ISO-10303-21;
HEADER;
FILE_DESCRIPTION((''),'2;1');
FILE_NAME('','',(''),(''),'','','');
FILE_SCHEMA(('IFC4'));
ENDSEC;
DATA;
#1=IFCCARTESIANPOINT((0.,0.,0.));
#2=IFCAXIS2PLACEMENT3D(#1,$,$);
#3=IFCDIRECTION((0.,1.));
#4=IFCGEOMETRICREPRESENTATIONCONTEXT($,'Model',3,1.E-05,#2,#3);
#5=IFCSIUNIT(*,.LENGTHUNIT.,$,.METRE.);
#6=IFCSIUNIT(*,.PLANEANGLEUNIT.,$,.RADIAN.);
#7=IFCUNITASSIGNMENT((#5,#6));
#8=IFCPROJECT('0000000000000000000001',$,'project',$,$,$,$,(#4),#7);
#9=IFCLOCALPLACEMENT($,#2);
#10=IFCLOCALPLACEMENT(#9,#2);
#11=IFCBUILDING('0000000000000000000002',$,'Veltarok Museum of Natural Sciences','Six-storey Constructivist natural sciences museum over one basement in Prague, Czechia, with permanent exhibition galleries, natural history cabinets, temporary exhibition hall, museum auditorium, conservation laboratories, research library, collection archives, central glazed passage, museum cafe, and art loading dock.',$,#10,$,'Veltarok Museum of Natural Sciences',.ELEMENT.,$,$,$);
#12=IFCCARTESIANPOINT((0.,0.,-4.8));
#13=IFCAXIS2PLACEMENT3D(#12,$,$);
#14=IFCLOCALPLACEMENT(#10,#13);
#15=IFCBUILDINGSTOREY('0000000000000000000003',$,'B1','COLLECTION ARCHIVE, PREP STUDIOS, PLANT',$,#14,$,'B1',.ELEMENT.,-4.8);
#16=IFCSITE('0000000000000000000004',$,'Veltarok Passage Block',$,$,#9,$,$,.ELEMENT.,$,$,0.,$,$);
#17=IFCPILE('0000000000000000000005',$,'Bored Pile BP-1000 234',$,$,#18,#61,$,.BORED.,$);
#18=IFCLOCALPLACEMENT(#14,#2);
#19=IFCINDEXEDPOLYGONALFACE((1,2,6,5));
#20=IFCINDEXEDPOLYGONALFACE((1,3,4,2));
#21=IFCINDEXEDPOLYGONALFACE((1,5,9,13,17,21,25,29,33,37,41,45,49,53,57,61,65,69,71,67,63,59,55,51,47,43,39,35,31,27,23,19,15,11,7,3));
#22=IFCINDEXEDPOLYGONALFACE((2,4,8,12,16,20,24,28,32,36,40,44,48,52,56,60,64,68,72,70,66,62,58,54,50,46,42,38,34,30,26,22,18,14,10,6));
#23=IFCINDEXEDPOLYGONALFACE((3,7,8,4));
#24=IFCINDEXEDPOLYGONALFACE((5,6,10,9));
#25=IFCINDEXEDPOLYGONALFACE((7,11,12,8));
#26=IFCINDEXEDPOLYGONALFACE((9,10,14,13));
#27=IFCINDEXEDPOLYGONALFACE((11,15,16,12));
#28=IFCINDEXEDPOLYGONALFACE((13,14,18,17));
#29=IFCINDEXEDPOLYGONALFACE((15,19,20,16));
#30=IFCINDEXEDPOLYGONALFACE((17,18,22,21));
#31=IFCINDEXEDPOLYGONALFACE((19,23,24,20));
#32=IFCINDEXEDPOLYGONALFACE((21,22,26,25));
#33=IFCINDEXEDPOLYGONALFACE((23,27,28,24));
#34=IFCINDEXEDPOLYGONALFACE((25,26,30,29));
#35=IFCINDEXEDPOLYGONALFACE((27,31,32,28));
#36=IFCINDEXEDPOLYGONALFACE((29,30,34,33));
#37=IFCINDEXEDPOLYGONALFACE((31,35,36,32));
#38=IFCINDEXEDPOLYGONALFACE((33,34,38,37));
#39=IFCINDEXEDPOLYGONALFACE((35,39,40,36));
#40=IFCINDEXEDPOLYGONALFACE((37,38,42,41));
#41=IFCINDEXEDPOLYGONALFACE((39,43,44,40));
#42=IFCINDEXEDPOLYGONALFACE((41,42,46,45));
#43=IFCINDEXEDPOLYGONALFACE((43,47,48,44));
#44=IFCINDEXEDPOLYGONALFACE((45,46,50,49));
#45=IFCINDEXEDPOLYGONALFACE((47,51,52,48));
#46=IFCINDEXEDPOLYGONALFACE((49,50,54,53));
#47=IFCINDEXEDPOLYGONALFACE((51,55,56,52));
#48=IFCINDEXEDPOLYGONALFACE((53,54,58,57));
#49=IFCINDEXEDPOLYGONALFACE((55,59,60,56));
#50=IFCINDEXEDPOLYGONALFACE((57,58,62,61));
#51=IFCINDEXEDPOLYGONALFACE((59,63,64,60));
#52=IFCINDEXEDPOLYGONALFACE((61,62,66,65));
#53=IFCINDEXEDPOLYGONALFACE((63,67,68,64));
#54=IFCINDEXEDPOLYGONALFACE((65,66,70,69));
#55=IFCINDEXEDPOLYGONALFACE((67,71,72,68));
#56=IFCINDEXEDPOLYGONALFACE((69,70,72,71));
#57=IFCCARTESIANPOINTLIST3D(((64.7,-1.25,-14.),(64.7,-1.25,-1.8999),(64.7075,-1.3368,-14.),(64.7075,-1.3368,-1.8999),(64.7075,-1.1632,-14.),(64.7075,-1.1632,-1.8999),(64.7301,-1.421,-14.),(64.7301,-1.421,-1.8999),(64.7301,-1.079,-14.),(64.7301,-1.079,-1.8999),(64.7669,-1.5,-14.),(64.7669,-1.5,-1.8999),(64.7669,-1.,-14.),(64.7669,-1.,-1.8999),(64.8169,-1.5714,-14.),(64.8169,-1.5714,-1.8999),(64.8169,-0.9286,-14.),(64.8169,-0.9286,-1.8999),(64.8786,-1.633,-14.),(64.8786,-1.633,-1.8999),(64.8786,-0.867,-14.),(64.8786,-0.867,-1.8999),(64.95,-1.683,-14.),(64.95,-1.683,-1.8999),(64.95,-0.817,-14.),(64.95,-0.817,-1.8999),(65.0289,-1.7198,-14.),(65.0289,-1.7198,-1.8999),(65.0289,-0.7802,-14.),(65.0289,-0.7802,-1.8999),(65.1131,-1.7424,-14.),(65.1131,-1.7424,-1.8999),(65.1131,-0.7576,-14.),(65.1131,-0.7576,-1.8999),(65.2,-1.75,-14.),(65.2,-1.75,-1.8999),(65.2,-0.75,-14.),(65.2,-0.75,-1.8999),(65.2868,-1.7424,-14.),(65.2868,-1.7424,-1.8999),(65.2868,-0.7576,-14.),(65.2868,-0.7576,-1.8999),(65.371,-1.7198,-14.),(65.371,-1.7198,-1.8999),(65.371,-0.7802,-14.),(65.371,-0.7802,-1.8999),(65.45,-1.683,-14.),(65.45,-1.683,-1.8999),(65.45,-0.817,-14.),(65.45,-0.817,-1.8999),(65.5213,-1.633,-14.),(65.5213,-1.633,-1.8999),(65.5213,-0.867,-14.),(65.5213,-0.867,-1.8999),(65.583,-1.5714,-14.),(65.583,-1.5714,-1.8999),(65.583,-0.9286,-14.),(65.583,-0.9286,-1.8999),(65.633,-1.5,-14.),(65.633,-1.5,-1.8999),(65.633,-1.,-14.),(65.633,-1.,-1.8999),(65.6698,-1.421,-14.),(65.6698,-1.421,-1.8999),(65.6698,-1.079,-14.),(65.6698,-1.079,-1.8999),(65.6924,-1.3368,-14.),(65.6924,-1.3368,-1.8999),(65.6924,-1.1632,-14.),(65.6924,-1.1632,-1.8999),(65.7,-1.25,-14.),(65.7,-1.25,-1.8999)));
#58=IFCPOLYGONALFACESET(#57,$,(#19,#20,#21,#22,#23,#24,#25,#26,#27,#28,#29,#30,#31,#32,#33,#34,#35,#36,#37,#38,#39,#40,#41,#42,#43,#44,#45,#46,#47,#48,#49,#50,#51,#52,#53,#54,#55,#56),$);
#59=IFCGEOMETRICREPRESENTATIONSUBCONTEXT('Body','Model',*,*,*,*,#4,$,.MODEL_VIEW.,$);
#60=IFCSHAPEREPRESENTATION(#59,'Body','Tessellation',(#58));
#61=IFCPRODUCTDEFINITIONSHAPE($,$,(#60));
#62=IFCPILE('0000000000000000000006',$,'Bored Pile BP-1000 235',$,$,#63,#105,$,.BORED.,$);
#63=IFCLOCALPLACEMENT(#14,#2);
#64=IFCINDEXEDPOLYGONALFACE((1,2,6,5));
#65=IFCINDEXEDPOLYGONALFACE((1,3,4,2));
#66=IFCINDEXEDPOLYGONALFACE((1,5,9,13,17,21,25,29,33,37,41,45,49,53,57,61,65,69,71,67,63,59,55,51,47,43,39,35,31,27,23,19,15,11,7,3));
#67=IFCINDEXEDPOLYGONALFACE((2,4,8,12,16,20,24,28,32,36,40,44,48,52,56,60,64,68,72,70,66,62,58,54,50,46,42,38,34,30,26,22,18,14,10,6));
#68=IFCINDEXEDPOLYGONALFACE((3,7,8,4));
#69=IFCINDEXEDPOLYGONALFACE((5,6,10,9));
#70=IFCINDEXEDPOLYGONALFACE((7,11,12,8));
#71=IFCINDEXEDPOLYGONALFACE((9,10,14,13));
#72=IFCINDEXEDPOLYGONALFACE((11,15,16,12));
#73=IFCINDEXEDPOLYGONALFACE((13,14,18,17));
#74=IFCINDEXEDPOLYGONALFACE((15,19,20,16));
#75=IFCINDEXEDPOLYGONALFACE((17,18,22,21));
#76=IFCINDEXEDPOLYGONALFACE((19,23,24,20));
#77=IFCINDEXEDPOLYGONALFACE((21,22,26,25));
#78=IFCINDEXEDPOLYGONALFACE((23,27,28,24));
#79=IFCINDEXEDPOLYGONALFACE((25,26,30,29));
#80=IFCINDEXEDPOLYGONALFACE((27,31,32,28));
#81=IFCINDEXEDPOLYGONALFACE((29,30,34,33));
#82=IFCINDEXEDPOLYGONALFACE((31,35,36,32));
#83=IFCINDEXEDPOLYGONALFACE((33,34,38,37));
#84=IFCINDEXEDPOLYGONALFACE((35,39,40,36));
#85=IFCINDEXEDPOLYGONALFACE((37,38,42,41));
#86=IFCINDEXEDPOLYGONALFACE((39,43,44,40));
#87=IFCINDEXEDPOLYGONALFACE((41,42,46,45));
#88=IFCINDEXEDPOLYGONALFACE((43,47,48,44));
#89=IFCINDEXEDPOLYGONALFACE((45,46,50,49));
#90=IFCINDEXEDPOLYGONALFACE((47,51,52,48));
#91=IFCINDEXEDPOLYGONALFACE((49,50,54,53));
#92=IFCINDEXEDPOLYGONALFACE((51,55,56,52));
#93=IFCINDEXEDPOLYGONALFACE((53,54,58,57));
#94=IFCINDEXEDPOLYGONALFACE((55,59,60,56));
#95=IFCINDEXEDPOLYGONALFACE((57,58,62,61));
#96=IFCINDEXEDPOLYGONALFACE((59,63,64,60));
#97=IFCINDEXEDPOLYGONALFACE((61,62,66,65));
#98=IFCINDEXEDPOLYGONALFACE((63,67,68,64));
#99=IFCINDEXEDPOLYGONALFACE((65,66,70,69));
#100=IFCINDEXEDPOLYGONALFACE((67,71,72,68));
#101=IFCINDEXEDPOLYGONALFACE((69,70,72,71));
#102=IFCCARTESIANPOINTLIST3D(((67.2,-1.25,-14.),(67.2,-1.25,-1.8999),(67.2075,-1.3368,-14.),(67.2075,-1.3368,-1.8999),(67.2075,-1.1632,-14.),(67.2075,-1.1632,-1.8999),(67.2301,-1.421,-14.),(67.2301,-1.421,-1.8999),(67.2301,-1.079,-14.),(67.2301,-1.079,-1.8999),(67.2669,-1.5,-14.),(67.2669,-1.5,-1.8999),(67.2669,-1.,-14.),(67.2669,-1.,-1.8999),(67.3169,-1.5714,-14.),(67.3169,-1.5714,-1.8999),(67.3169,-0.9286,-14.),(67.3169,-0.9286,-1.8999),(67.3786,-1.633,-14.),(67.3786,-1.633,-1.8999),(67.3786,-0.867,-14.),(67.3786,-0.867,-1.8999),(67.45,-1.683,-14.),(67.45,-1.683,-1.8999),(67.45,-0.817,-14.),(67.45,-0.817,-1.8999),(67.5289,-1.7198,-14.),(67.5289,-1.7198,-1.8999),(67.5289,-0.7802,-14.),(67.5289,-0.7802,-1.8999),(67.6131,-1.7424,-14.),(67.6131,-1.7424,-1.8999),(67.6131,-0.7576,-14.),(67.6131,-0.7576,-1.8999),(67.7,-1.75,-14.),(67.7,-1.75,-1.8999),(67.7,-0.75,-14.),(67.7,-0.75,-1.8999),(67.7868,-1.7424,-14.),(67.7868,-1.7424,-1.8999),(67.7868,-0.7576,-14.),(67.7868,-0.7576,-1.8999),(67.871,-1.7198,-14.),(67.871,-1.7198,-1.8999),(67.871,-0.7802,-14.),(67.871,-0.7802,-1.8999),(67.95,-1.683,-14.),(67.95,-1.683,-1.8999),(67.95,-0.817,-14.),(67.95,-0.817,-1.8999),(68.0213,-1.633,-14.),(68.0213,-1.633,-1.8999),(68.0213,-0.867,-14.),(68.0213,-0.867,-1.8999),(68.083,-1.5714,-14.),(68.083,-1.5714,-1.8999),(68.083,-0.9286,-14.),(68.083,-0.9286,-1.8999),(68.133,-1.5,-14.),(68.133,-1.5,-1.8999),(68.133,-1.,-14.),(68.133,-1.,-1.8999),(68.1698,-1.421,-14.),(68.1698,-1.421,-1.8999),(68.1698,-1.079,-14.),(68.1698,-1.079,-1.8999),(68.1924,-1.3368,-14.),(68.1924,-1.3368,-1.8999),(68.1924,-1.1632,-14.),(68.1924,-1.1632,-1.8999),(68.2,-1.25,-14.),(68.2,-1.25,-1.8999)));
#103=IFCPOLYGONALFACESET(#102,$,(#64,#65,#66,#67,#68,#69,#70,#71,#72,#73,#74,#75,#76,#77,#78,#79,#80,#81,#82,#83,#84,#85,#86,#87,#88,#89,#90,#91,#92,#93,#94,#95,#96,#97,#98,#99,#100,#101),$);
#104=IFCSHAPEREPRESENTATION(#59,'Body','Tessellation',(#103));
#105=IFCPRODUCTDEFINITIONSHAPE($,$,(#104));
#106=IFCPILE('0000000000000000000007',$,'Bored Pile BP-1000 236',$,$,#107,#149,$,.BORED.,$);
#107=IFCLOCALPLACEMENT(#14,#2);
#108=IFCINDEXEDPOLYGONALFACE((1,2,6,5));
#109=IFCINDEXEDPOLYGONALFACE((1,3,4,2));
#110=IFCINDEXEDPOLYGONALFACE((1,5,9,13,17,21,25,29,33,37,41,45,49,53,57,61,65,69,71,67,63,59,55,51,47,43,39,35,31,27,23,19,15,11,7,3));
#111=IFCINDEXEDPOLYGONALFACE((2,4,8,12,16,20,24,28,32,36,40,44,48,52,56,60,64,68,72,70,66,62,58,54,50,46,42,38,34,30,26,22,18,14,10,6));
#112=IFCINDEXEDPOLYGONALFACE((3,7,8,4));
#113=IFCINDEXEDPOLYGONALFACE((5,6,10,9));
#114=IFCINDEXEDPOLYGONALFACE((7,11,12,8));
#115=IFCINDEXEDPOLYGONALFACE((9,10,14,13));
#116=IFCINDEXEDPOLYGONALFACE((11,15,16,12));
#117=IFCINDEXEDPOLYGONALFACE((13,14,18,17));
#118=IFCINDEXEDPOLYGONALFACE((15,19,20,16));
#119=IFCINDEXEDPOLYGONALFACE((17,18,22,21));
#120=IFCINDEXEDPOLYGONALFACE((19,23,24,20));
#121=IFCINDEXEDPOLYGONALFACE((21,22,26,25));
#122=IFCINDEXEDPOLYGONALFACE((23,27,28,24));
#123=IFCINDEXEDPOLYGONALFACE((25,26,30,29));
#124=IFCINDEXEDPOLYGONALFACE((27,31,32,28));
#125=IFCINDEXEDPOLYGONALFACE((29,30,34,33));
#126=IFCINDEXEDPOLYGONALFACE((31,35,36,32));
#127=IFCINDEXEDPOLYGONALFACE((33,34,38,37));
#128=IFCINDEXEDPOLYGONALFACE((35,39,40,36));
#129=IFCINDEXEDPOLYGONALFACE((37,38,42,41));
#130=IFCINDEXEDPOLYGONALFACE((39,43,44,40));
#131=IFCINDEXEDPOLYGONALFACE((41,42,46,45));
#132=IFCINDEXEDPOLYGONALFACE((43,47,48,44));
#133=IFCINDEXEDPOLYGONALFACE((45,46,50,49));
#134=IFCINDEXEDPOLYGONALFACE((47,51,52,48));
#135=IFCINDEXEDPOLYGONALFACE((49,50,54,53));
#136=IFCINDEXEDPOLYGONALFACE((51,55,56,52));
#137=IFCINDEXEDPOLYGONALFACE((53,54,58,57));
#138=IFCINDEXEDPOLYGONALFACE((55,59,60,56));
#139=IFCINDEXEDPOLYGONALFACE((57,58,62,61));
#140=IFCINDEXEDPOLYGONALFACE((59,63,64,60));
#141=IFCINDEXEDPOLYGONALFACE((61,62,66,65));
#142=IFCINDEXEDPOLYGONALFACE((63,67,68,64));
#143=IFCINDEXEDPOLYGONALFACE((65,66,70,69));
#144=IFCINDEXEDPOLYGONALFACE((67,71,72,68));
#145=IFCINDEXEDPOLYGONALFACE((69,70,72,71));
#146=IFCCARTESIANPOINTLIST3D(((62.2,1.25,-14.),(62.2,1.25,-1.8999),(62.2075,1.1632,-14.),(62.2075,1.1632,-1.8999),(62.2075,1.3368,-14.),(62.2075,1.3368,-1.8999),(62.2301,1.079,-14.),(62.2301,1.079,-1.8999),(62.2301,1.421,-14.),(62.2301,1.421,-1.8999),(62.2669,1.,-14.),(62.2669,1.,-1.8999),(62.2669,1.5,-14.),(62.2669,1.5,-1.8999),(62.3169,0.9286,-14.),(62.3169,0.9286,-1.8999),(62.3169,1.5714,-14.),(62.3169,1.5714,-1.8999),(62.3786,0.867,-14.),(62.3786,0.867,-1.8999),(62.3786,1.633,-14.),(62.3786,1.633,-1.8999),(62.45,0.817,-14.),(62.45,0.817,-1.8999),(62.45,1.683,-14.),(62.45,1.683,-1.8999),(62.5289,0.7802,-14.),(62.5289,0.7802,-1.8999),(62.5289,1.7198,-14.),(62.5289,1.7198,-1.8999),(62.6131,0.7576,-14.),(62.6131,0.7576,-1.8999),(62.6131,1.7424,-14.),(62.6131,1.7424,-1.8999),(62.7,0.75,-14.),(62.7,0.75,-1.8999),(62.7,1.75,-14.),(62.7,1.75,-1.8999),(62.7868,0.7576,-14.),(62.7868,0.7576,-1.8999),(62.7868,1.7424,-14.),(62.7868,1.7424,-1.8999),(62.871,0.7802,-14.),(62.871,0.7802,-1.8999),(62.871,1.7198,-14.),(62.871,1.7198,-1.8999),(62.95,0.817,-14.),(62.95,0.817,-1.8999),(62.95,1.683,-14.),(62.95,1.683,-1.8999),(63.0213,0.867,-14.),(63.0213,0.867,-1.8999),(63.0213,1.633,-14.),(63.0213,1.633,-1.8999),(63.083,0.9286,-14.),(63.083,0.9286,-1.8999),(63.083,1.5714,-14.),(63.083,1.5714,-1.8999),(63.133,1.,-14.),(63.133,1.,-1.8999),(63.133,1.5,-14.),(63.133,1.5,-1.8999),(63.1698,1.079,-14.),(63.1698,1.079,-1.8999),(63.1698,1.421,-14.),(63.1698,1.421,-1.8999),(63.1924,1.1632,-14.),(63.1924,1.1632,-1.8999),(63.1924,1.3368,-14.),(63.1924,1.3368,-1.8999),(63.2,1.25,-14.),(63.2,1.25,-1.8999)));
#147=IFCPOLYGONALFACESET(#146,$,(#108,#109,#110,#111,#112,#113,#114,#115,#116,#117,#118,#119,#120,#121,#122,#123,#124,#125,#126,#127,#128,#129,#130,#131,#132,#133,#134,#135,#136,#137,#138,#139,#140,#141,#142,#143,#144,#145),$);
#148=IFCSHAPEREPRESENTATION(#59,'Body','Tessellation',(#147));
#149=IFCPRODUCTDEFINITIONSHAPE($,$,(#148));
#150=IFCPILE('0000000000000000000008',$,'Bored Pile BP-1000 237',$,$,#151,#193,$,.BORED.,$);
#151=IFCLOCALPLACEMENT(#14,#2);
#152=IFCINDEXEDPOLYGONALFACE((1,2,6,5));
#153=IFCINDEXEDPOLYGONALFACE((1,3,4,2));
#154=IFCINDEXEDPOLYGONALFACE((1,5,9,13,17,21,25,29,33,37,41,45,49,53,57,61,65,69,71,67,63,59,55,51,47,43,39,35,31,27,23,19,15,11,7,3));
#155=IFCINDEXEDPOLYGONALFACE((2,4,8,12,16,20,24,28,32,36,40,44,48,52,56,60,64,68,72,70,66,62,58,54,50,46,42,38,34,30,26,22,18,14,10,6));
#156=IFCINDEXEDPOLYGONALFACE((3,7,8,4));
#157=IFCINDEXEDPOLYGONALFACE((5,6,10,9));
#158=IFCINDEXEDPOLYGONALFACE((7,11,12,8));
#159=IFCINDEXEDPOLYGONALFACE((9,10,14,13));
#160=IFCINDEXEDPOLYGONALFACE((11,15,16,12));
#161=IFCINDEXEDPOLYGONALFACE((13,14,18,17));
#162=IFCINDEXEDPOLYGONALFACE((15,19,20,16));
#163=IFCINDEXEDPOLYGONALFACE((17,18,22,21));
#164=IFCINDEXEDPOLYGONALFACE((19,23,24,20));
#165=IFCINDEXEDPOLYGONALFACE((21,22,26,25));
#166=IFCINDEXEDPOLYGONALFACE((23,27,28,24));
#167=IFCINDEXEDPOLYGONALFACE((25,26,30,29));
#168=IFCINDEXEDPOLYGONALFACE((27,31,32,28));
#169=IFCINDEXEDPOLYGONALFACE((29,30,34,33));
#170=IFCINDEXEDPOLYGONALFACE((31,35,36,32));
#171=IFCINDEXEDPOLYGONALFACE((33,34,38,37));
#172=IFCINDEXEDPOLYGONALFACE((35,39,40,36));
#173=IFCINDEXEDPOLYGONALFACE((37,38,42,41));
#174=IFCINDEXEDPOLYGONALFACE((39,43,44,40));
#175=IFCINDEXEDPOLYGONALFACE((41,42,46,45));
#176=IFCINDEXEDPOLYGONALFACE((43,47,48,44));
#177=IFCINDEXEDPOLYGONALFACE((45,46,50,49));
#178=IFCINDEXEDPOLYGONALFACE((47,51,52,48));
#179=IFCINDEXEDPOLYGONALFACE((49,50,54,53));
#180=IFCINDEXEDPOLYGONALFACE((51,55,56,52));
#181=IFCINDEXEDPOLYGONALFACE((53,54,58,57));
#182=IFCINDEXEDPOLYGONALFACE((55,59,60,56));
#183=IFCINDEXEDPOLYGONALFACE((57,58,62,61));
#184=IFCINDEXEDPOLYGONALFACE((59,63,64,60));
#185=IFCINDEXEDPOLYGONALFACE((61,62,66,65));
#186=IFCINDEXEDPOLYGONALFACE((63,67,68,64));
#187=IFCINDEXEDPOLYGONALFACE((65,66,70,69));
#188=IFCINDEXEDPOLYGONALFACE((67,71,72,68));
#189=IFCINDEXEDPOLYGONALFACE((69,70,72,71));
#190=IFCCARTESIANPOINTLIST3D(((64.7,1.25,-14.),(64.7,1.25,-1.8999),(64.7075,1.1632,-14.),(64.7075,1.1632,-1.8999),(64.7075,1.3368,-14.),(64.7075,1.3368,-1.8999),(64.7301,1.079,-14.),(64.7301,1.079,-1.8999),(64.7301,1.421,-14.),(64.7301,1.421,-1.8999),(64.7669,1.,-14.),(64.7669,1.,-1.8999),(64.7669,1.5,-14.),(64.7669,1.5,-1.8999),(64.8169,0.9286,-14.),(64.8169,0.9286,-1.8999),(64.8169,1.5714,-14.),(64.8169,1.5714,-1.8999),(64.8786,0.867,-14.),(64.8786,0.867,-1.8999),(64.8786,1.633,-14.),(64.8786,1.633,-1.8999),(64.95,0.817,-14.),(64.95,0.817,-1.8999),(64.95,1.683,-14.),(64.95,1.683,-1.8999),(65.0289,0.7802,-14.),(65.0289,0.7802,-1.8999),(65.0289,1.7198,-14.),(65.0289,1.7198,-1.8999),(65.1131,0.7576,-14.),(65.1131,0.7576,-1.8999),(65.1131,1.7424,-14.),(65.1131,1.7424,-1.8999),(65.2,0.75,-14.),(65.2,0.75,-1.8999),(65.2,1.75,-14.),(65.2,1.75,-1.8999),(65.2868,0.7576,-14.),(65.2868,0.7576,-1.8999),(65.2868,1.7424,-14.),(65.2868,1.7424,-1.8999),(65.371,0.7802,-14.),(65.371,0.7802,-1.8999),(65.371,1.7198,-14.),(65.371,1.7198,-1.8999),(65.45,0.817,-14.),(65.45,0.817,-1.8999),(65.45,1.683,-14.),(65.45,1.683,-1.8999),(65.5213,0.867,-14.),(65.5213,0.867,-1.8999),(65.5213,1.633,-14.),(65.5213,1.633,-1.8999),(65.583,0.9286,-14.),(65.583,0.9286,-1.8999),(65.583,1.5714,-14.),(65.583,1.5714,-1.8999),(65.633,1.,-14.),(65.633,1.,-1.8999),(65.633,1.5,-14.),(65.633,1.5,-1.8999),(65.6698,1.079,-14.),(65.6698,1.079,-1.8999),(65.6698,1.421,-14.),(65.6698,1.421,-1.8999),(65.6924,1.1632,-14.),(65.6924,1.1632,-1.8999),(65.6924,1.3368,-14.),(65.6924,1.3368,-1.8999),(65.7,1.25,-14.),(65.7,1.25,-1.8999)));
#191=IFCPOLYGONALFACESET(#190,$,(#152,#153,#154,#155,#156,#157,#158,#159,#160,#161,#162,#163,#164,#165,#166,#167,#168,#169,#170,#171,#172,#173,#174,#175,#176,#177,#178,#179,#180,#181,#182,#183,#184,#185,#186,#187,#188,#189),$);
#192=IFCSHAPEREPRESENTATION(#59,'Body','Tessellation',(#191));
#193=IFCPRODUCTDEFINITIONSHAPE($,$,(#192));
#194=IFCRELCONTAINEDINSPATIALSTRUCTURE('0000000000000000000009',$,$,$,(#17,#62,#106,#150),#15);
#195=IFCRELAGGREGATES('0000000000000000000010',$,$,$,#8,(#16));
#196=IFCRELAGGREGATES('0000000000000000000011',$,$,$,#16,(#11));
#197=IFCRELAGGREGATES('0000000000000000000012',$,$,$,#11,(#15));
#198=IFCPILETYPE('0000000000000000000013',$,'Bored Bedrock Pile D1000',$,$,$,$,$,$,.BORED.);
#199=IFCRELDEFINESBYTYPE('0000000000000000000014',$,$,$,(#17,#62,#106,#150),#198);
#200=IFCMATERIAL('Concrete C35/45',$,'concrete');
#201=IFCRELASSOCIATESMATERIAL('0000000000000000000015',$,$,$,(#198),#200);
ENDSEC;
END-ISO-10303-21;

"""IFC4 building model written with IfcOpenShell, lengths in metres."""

from ifc_helpers import new_model, si_unit, direction, frame, origin, origin_2d, place, context, subcontext, project, spatial, circle, extrude, material, material_profile, profile_set, type_object, element, save


model = new_model("IFC4")

# Units and contexts
model_context = context("Model", 3, precision=1e-05, world=origin(), true_north=direction((0.0, 1.0)))
body_context = subcontext(model_context, "Body", "Model", "MODEL_VIEW")
ifc_project = project(units=[si_unit("LENGTHUNIT", "METRE"), si_unit("PLANEANGLEUNIT", "RADIAN")], contexts=[model_context])

# Site, building, storey
site_placement = place(None, origin())
site = spatial("IfcSite", under=ifc_project, at=site_placement, Name="Veltarok Passage Block", CompositionType="ELEMENT", RefElevation=0.0)
building_placement = place(site_placement, origin())
building = spatial("IfcBuilding", under=site, at=building_placement, Name="Veltarok Museum of Natural Sciences", Description="Six-storey Constructivist natural sciences museum over one basement in Prague, Czechia, with permanent exhibition galleries, natural history cabinets, temporary exhibition hall, museum auditorium, conservation laboratories, research library, collection archives, central glazed passage, museum cafe, and art loading dock.", LongName="Veltarok Museum of Natural Sciences", CompositionType="ELEMENT")
storey_placement = place(building_placement, frame((0.0, 0.0, -4.8)))
storey = spatial("IfcBuildingStorey", under=building, at=storey_placement, Name="B1", Description="COLLECTION ARCHIVE, PREP STUDIOS, PLANT", LongName="B1", CompositionType="ELEMENT", Elevation=-4.8)

# Piles
ifc_material_1 = material(Name="Concrete C35/45", Category="concrete")
ifc_material_profile_1 = material_profile(ifc_material_1, circle(Radius=0.5, at=origin_2d()), Name="BP D1000")
ifc_profile_set_1 = profile_set([ifc_material_profile_1], Name="Concrete C35/45")
pile_type = type_object("IfcPileType", Name="Bored Bedrock Pile D1000", PredefinedType="BORED", material=ifc_profile_set_1)
for number, where, z_axis, x_axis, name in (
    (1, (65.2, -1.25, -1.8999), (0.0, 0.0, -1.0), (1.0, 0.0, 0.0), "Bored Pile BP-1000 234"),
    (2, (67.7, -1.25, -1.8999), (0.0, 0.0, -1.0), (1.0, 0.0, 0.0), "Bored Pile BP-1000 235"),
    (3, (62.7, 1.25, -1.8999), (0.0, 0.0, -1.0), (1.0, 0.0, 0.0), "Bored Pile BP-1000 236"),
    (4, (65.2, 1.25, -1.8999), (0.0, 0.0, -1.0), (1.0, 0.0, 0.0), "Bored Pile BP-1000 237"),
):
    element("IfcPile", number, at=place(storey_placement, frame(where, z_axis=z_axis, x_axis=x_axis)), inside=storey, type_object=pile_type, Name=name, PredefinedType="BORED", context=body_context, shape_type="SweptSolid", body=[
        extrude(circle(Radius=0.5, at=origin_2d()), origin(), (0.0, 0.0, 1.0), 12.1001),
    ])

save(model, "model.ifc")
